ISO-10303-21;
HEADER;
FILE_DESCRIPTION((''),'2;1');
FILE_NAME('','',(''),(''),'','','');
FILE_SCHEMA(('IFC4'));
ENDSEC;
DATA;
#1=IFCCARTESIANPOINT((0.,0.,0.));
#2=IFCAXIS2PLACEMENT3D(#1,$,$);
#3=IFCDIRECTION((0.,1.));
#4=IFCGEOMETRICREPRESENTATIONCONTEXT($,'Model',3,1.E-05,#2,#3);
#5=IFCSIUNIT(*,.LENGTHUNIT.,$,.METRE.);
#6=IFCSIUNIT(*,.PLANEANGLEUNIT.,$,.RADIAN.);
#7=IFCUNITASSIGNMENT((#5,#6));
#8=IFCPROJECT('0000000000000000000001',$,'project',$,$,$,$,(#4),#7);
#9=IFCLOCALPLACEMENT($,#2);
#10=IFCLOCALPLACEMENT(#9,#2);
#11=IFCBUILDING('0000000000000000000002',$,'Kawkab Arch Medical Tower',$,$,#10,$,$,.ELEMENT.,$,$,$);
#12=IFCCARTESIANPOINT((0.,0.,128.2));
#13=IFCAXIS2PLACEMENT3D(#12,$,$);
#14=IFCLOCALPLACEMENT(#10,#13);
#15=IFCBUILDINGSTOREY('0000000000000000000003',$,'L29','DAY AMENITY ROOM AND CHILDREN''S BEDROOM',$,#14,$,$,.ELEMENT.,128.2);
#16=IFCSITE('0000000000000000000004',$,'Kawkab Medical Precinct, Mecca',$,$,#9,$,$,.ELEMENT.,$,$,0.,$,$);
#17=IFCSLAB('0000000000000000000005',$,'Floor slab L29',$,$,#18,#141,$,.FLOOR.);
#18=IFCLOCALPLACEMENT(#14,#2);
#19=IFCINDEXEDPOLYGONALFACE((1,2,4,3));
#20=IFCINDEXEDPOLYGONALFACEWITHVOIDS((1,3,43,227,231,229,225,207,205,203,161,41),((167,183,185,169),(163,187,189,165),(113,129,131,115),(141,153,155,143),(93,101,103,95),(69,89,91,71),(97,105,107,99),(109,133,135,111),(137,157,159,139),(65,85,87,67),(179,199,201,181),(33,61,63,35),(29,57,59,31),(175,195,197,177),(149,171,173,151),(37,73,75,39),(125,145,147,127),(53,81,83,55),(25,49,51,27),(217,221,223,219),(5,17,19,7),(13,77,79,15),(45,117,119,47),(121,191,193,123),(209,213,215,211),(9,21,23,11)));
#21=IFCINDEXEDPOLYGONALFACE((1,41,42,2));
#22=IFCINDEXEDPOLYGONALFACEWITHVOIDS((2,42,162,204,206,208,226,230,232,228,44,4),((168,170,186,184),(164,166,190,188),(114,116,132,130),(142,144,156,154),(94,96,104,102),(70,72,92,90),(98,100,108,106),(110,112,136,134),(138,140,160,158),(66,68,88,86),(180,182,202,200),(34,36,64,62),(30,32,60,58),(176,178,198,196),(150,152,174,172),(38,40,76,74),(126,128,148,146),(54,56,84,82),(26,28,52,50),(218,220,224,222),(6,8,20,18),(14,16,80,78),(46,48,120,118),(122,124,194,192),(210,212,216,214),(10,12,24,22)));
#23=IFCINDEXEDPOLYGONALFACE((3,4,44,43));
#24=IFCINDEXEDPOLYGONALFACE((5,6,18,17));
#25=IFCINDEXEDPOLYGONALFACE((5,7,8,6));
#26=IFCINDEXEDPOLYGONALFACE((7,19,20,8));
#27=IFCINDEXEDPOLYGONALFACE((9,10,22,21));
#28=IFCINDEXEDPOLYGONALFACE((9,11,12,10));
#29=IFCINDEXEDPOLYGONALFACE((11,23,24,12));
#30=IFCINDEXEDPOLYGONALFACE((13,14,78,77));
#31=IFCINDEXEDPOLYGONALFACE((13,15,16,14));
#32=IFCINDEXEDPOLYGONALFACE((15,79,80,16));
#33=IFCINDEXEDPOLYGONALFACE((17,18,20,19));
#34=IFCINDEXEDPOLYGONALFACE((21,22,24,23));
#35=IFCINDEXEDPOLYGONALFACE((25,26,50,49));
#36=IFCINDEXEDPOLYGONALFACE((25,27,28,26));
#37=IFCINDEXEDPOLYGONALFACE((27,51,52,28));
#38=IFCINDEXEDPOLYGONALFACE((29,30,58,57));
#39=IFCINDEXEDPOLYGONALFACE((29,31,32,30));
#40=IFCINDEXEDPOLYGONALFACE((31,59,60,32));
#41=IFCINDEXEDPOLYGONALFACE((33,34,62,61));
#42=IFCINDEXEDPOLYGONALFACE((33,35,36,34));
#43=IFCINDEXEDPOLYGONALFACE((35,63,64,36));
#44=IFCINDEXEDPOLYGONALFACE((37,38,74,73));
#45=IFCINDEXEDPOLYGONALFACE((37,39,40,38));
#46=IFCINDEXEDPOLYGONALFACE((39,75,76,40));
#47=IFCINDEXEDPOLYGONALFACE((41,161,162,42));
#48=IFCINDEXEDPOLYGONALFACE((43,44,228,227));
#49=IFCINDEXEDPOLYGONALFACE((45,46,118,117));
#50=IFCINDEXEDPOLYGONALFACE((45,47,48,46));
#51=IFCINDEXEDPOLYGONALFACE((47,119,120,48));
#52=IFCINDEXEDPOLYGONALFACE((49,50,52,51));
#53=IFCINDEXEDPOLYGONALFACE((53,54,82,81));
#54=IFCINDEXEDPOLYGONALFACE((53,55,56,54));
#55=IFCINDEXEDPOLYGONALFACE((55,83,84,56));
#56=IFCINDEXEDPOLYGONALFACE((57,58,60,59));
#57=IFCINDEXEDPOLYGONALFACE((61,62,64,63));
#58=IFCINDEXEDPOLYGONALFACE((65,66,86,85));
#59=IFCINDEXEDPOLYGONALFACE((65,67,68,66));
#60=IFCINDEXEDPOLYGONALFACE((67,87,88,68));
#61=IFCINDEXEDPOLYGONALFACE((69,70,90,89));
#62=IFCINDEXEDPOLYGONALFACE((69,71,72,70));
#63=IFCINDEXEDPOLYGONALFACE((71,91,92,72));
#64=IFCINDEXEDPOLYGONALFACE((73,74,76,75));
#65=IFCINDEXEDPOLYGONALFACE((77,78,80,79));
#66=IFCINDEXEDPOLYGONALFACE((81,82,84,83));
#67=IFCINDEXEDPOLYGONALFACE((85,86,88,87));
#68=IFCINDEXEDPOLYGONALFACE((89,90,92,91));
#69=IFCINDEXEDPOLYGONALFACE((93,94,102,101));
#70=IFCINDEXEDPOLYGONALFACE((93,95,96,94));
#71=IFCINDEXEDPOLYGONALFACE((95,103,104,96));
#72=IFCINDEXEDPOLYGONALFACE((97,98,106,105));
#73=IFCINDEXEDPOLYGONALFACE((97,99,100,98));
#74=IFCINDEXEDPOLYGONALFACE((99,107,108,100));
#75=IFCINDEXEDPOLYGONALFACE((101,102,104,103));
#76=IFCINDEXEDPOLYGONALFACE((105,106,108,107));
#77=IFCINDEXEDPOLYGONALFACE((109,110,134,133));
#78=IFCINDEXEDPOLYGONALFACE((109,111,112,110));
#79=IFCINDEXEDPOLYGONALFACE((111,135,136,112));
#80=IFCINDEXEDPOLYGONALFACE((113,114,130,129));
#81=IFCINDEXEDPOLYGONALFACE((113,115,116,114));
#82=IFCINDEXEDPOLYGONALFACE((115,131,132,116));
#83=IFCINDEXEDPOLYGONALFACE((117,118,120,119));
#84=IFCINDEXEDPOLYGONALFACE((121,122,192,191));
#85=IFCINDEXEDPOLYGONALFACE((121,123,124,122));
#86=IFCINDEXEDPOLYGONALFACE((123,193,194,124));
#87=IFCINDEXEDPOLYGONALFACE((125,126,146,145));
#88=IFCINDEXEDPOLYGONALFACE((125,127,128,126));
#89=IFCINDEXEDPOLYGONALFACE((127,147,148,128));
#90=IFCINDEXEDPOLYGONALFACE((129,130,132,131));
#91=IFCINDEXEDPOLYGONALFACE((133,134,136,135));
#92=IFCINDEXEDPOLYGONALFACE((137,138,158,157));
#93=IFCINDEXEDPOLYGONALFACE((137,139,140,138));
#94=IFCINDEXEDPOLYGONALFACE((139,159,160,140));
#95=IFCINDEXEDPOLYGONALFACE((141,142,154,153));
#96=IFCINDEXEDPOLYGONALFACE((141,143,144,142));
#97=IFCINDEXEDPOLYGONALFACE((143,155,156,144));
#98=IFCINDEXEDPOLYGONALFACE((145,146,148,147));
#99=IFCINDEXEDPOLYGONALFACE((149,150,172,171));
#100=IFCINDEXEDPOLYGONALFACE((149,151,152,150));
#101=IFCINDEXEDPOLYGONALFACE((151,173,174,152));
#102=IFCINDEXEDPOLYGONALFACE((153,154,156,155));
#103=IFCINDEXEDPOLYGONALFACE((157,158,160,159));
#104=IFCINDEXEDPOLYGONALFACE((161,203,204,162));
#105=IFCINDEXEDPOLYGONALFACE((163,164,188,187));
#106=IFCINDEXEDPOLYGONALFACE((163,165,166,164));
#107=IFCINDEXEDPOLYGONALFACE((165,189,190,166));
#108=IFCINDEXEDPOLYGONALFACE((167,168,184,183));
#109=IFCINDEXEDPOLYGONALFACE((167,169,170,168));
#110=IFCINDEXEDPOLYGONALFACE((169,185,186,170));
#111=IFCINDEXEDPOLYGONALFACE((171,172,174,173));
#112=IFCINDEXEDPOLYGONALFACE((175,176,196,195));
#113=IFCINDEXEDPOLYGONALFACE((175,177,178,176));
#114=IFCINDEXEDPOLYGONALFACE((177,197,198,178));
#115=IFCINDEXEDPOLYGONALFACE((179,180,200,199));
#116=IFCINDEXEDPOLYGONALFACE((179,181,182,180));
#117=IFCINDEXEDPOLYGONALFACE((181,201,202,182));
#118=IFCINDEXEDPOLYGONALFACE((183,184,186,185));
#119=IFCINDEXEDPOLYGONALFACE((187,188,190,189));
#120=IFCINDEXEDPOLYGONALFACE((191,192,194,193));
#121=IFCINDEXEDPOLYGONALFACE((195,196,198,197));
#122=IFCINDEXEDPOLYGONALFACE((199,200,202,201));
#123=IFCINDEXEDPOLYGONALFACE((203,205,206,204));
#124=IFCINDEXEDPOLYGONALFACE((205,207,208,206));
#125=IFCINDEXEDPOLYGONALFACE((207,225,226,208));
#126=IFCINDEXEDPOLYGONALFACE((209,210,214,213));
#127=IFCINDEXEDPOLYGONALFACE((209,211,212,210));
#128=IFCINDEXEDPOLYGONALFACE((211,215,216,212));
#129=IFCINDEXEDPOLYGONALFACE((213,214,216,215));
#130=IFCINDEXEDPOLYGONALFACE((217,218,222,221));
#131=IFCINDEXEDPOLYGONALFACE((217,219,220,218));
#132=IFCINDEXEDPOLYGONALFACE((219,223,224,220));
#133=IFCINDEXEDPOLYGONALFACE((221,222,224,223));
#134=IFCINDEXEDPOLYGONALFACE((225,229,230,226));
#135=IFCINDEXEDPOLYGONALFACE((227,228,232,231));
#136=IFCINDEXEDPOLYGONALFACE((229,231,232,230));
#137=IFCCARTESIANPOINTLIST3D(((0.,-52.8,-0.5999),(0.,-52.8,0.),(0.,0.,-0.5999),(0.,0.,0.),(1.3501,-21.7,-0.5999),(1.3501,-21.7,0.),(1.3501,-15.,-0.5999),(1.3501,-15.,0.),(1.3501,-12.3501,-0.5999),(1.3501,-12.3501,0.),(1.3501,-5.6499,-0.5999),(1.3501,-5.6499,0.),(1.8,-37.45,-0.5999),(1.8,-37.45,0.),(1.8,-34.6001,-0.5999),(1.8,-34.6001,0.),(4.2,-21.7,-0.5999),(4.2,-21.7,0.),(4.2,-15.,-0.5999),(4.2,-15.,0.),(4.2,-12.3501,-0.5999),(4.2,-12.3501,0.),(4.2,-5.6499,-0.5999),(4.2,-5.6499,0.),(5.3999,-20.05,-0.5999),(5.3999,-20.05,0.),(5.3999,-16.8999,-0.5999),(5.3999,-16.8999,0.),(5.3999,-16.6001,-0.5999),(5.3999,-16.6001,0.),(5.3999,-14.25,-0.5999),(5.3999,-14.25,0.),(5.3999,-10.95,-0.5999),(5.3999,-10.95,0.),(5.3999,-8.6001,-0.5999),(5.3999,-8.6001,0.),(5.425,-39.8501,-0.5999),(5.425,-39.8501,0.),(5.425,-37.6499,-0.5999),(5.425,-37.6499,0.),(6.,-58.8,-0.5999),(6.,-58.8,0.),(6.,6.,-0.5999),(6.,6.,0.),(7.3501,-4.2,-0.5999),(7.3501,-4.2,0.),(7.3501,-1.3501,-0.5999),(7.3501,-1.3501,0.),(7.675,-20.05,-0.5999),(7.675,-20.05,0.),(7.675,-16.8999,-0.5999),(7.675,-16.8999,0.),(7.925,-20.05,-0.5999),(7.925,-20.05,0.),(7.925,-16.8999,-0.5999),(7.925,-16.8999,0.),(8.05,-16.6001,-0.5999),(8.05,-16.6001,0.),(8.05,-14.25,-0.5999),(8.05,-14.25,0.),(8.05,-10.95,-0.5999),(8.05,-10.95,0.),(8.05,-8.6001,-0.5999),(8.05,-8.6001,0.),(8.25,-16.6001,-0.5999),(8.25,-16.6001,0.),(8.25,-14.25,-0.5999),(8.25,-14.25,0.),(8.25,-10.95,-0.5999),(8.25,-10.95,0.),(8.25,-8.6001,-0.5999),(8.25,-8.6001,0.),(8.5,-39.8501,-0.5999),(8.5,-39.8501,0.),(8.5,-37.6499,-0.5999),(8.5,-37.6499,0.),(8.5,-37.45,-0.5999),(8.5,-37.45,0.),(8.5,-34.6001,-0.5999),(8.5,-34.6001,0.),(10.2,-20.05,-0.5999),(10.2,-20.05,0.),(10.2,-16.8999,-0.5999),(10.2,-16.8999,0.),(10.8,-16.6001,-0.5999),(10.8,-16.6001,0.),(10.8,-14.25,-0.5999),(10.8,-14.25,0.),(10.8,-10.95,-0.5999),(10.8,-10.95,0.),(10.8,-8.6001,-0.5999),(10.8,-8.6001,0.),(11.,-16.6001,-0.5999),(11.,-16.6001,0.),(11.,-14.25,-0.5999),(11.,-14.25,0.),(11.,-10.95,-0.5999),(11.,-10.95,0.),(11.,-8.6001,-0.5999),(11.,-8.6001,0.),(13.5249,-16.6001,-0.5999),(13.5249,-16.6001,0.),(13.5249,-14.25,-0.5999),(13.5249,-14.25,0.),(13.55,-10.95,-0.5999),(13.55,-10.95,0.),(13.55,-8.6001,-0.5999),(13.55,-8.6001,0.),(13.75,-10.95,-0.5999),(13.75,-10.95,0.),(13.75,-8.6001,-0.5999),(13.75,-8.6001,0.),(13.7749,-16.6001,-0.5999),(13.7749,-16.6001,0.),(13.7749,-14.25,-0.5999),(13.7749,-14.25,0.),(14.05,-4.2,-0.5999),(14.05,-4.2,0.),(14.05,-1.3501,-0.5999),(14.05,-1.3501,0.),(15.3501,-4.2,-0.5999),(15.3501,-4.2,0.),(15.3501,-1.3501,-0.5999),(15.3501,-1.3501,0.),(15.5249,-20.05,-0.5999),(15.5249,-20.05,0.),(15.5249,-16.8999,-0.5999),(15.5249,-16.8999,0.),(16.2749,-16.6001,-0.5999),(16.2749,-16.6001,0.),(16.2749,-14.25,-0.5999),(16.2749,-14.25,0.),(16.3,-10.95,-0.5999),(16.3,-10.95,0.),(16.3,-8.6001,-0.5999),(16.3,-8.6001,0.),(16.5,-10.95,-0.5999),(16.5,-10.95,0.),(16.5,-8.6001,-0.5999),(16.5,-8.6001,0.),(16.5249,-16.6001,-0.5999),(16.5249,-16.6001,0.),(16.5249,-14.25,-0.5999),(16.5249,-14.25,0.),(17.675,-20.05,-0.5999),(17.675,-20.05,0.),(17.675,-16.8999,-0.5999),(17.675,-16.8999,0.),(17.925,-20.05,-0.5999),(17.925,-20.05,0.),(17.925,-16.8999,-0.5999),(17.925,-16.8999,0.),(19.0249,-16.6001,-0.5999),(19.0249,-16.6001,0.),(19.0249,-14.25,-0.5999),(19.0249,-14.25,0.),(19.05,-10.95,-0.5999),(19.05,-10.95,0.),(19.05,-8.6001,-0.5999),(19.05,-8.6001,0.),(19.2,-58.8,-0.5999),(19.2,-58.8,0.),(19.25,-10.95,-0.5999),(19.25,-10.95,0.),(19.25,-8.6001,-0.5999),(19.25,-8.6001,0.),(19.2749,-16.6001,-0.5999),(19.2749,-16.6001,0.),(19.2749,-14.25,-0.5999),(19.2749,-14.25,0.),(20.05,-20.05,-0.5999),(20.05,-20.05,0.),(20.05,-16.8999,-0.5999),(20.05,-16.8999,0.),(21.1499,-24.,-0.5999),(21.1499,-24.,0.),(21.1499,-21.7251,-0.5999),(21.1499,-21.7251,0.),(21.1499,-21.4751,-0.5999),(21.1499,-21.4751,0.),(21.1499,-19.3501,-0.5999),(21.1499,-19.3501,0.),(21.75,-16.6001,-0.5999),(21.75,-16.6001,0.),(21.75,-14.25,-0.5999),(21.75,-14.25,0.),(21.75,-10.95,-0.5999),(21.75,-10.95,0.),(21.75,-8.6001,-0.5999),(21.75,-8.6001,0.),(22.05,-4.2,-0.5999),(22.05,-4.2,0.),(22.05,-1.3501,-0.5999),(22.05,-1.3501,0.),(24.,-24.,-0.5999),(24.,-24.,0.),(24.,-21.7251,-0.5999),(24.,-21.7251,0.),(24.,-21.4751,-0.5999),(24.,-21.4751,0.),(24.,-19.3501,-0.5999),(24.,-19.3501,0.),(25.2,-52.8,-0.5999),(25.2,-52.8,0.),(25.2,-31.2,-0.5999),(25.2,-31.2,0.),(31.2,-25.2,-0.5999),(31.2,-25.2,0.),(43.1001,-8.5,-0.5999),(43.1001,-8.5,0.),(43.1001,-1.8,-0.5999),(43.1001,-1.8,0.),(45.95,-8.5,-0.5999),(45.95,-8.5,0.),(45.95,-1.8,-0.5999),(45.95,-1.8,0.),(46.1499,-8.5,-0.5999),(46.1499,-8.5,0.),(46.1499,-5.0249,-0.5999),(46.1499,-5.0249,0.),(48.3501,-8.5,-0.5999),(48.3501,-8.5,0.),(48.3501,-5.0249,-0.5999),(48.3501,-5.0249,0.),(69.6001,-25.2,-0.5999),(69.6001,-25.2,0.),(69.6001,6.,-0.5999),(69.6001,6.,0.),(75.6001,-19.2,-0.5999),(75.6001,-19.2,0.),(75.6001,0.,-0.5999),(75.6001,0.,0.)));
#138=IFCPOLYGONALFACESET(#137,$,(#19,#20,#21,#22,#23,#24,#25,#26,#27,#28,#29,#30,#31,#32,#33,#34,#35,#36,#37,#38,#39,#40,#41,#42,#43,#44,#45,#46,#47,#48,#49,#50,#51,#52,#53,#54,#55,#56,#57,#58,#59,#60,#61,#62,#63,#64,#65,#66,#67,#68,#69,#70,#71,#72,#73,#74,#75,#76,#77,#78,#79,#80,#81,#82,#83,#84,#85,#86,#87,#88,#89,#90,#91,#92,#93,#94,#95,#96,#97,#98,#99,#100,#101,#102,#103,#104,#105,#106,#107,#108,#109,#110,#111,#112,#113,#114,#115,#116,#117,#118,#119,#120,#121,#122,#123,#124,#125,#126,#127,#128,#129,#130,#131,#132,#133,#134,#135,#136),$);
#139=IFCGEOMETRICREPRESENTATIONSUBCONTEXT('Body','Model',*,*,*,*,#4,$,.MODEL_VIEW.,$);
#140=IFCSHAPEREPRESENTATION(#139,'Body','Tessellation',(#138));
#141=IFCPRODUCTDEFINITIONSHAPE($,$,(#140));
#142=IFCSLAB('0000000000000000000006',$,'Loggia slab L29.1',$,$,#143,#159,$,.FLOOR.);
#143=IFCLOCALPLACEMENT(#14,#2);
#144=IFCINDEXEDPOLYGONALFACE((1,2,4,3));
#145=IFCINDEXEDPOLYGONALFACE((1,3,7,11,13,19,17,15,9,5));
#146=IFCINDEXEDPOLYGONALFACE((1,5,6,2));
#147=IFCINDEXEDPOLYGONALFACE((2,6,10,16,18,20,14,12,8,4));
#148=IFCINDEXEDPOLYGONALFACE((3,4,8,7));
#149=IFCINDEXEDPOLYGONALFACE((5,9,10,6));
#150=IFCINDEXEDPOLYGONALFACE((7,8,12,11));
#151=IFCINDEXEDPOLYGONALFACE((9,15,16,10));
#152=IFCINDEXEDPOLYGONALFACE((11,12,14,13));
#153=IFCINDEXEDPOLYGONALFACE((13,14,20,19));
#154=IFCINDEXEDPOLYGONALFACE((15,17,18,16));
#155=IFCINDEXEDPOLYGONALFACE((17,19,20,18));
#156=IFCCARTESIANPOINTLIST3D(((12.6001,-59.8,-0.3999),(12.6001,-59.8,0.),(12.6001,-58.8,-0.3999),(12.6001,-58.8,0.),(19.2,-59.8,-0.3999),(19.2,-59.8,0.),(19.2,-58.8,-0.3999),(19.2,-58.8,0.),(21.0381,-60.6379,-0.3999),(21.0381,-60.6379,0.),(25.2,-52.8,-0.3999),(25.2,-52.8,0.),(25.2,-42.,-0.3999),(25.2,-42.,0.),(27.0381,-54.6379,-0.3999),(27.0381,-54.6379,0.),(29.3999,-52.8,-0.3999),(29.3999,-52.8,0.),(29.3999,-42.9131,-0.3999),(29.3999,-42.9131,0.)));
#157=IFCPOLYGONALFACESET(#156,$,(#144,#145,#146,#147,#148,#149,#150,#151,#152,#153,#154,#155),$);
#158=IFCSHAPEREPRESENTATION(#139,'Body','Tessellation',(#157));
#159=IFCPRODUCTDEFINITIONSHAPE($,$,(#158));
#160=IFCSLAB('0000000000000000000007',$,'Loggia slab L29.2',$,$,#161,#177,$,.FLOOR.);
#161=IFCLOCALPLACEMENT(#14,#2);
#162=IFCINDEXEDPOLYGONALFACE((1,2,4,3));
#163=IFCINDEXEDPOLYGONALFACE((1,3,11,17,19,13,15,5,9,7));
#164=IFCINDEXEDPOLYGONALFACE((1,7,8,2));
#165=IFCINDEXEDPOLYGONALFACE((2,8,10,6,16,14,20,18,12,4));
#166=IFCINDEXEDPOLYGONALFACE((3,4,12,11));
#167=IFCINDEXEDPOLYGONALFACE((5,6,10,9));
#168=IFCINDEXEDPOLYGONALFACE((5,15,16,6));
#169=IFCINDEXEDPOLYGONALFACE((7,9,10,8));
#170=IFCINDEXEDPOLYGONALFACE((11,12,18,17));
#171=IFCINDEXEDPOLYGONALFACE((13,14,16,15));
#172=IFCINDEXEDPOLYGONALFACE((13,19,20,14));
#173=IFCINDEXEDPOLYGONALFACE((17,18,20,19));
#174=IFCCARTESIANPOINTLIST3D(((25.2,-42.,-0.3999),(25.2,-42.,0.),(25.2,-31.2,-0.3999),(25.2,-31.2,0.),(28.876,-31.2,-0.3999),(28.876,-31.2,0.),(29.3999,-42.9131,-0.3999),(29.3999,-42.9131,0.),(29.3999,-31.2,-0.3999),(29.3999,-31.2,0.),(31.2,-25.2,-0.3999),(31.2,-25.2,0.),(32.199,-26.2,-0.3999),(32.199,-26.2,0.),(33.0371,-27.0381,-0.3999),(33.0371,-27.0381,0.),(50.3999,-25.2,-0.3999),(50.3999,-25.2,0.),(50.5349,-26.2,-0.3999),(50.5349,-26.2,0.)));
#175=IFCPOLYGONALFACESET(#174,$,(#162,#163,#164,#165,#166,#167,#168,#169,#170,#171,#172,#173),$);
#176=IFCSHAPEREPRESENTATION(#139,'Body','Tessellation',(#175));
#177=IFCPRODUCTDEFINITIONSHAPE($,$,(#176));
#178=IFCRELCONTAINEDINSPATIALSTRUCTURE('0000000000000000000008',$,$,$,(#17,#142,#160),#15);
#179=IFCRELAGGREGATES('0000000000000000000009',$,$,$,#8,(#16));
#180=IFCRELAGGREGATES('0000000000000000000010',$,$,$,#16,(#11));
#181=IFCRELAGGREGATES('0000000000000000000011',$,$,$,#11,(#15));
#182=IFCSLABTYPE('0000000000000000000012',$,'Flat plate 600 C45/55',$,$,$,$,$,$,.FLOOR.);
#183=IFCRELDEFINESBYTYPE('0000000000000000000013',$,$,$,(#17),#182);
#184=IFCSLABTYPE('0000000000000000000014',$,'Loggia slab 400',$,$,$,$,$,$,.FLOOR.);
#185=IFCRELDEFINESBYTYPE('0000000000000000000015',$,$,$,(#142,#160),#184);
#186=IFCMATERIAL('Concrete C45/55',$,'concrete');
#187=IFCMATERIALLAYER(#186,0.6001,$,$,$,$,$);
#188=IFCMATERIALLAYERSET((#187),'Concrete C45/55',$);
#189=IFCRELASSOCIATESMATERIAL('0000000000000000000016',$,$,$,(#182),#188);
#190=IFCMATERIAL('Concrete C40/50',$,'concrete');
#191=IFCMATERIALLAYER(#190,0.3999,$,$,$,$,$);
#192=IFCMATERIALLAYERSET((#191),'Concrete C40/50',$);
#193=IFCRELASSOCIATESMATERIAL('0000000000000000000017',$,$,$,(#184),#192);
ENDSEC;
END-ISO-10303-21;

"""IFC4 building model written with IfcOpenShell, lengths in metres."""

from ifc_helpers import new_model, si_unit, direction, frame, origin, place, context, subcontext, project, spatial, polyline, outline, extrude, material, layer, layer_set, type_object, element, save


model = new_model("IFC4")

# Units and contexts
model_context = context("Model", 3, precision=1e-05, world=origin(), true_north=direction((0.0, 1.0)))
body_context = subcontext(model_context, "Body", "Model", "MODEL_VIEW")
ifc_project = project(units=[si_unit("LENGTHUNIT", "METRE"), si_unit("PLANEANGLEUNIT", "RADIAN")], contexts=[model_context])

# Site, building, storey
site_placement = place(None, origin())
site = spatial("IfcSite", under=ifc_project, at=site_placement, Name="Kawkab Medical Precinct, Mecca", CompositionType="ELEMENT", RefElevation=0.0)
building_placement = place(site_placement, origin())
building = spatial("IfcBuilding", under=site, at=building_placement, Name="Kawkab Arch Medical Tower", CompositionType="ELEMENT")
storey_placement = place(building_placement, frame((0.0, 0.0, 128.2)))
storey = spatial("IfcBuildingStorey", under=building, at=storey_placement, Name="L29", Description="DAY AMENITY ROOM AND CHILDREN'S BEDROOM", CompositionType="ELEMENT", Elevation=128.2)

# Slabs
ifc_material_1 = material(Name="Concrete C45/55", Category="concrete")
ifc_layer_1 = layer(ifc_material_1, 0.6001)
ifc_layer_set_1 = layer_set([ifc_layer_1], Name="Concrete C45/55")
slab_type_1 = type_object("IfcSlabType", Name="Flat plate 600 C45/55", PredefinedType="FLOOR", material=ifc_layer_set_1)
slab_1_placement = place(storey_placement, frame((0.0, 0.0, -0.5999)))
element("IfcSlab", 1, at=slab_1_placement, inside=storey, type_object=slab_type_1, Name="Floor slab L29", PredefinedType="FLOOR", context=body_context, shape_type="SweptSolid", body=[
    extrude(outline(polyline([(6.0, 6.0), (69.6001, 6.0), (75.6001, 0.0), (75.6001, -19.2), (69.6001, -25.2), (31.2, -25.2), (25.2, -31.2), (25.2, -52.8), (19.2, -58.8), (6.0, -58.8), (0.0, -52.8), (0.0, 0.0), (6.0, 6.0)]), holes=[polyline([(5.425, -37.6499), (5.425, -39.8501), (8.5, -39.8501), (8.5, -37.6499), (5.425, -37.6499)]), polyline([(1.8, -37.45), (8.5, -37.45), (8.5, -34.6001), (1.8, -34.6001), (1.8, -37.45)]), polyline([(5.3999, -16.8999), (5.3999, -20.05), (7.675, -20.05), (7.675, -16.8999), (5.3999, -16.8999)]), polyline([(10.2, -16.8999), (7.925, -16.8999), (7.925, -20.05), (10.2, -20.05), (10.2, -16.8999)]), polyline([(4.2, -21.7), (4.2, -15.0), (1.3501, -15.0), (1.3501, -21.7), (4.2, -21.7)]), polyline([(5.3999, -14.25), (5.3999, -16.6001), (8.05, -16.6001), (8.05, -14.25), (5.3999, -14.25)]), polyline([(10.8, -14.25), (8.25, -14.25), (8.25, -16.6001), (10.8, -16.6001), (10.8, -14.25)]), polyline([(11.0, -14.25), (11.0, -16.6001), (13.5249, -16.6001), (13.5249, -14.25), (11.0, -14.25)]), polyline([(5.3999, -8.6001), (5.3999, -10.95), (8.05, -10.95), (8.05, -8.6001), (5.3999, -8.6001)]), polyline([(10.8, -8.6001), (8.25, -8.6001), (8.25, -10.95), (10.8, -10.95), (10.8, -8.6001)]), polyline([(11.0, -10.95), (13.55, -10.95), (13.55, -8.6001), (11.0, -8.6001), (11.0, -10.95)]), polyline([(4.2, -12.3501), (4.2, -5.6499), (1.3501, -5.6499), (1.3501, -12.3501), (4.2, -12.3501)]), polyline([(7.3501, -4.2), (14.05, -4.2), (14.05, -1.3501), (7.3501, -1.3501), (7.3501, -4.2)]), polyline([(24.0, -21.7251), (21.1499, -21.7251), (21.1499, -24.0), (24.0, -24.0), (24.0, -21.7251)]), polyline([(24.0, -21.4751), (24.0, -19.3501), (21.1499, -19.3501), (21.1499, -21.4751), (24.0, -21.4751)]), polyline([(15.5249, -16.8999), (15.5249, -20.05), (17.675, -20.05), (17.675, -16.8999), (15.5249, -16.8999)]), polyline([(17.925, -20.05), (20.05, -20.05), (20.05, -16.8999), (17.925, -16.8999), (17.925, -20.05)]), polyline([(16.2749, -14.25), (13.7749, -14.25), (13.7749, -16.6001), (16.2749, -16.6001), (16.2749, -14.25)]), polyline([(19.0249, -14.25), (16.5249, -14.25), (16.5249, -16.6001), (19.0249, -16.6001), (19.0249, -14.25)]), polyline([(19.2749, -16.6001), (21.75, -16.6001), (21.75, -14.25), (19.2749, -14.25), (19.2749, -16.6001)]), polyline([(13.75, -8.6001), (13.75, -10.95), (16.3, -10.95), (16.3, -8.6001), (13.75, -8.6001)]), polyline([(16.5, -8.6001), (16.5, -10.95), (19.05, -10.95), (19.05, -8.6001), (16.5, -8.6001)]), polyline([(19.25, -10.95), (21.75, -10.95), (21.75, -8.6001), (19.25, -8.6001), (19.25, -10.95)]), polyline([(46.1499, -5.0249), (46.1499, -8.5), (48.3501, -8.5), (48.3501, -5.0249), (46.1499, -5.0249)]), polyline([(43.1001, -1.8), (43.1001, -8.5), (45.95, -8.5), (45.95, -1.8), (43.1001, -1.8)]), polyline([(22.05, -1.3501), (15.3501, -1.3501), (15.3501, -4.2), (22.05, -4.2), (22.05, -1.3501)])]), origin(), (0.0, 0.0, 1.0), 0.5999),
])
ifc_material_2 = material(Name="Concrete C40/50", Category="concrete")
ifc_layer_2 = layer(ifc_material_2, 0.3999)
ifc_layer_set_2 = layer_set([ifc_layer_2], Name="Concrete C40/50")
slab_type_2 = type_object("IfcSlabType", Name="Loggia slab 400", PredefinedType="FLOOR", material=ifc_layer_set_2)
placement_1 = place(storey_placement, frame((0.0, 0.0, -0.3999)))
element("IfcSlab", 2, at=placement_1, inside=storey, type_object=slab_type_2, Name="Loggia slab L29.1", PredefinedType="FLOOR", context=body_context, shape_type="SweptSolid", body=[
    extrude(outline(polyline([(19.2, -59.8), (12.6001, -59.8), (12.6001, -58.8), (19.2, -58.8), (25.2, -52.8), (25.2, -42.0), (29.3999, -42.9131), (29.3999, -52.8), (27.0381, -54.6379), (21.0381, -60.6379), (19.2, -59.8)])), origin(), (0.0, 0.0, 1.0), 0.3999),
])
element("IfcSlab", 3, at=placement_1, inside=storey, type_object=slab_type_2, Name="Loggia slab L29.2", PredefinedType="FLOOR", context=body_context, shape_type="SweptSolid", body=[
    extrude(outline(polyline([(33.0371, -27.0381), (28.876, -31.2), (29.3999, -31.2), (29.3999, -42.9131), (25.2, -42.0), (25.2, -31.2), (31.2, -25.2), (50.3999, -25.2), (50.5349, -26.2), (32.199, -26.2), (33.0371, -27.0381)])), origin(), (0.0, 0.0, 1.0), 0.3999),
])

save(model, "model.ifc")
